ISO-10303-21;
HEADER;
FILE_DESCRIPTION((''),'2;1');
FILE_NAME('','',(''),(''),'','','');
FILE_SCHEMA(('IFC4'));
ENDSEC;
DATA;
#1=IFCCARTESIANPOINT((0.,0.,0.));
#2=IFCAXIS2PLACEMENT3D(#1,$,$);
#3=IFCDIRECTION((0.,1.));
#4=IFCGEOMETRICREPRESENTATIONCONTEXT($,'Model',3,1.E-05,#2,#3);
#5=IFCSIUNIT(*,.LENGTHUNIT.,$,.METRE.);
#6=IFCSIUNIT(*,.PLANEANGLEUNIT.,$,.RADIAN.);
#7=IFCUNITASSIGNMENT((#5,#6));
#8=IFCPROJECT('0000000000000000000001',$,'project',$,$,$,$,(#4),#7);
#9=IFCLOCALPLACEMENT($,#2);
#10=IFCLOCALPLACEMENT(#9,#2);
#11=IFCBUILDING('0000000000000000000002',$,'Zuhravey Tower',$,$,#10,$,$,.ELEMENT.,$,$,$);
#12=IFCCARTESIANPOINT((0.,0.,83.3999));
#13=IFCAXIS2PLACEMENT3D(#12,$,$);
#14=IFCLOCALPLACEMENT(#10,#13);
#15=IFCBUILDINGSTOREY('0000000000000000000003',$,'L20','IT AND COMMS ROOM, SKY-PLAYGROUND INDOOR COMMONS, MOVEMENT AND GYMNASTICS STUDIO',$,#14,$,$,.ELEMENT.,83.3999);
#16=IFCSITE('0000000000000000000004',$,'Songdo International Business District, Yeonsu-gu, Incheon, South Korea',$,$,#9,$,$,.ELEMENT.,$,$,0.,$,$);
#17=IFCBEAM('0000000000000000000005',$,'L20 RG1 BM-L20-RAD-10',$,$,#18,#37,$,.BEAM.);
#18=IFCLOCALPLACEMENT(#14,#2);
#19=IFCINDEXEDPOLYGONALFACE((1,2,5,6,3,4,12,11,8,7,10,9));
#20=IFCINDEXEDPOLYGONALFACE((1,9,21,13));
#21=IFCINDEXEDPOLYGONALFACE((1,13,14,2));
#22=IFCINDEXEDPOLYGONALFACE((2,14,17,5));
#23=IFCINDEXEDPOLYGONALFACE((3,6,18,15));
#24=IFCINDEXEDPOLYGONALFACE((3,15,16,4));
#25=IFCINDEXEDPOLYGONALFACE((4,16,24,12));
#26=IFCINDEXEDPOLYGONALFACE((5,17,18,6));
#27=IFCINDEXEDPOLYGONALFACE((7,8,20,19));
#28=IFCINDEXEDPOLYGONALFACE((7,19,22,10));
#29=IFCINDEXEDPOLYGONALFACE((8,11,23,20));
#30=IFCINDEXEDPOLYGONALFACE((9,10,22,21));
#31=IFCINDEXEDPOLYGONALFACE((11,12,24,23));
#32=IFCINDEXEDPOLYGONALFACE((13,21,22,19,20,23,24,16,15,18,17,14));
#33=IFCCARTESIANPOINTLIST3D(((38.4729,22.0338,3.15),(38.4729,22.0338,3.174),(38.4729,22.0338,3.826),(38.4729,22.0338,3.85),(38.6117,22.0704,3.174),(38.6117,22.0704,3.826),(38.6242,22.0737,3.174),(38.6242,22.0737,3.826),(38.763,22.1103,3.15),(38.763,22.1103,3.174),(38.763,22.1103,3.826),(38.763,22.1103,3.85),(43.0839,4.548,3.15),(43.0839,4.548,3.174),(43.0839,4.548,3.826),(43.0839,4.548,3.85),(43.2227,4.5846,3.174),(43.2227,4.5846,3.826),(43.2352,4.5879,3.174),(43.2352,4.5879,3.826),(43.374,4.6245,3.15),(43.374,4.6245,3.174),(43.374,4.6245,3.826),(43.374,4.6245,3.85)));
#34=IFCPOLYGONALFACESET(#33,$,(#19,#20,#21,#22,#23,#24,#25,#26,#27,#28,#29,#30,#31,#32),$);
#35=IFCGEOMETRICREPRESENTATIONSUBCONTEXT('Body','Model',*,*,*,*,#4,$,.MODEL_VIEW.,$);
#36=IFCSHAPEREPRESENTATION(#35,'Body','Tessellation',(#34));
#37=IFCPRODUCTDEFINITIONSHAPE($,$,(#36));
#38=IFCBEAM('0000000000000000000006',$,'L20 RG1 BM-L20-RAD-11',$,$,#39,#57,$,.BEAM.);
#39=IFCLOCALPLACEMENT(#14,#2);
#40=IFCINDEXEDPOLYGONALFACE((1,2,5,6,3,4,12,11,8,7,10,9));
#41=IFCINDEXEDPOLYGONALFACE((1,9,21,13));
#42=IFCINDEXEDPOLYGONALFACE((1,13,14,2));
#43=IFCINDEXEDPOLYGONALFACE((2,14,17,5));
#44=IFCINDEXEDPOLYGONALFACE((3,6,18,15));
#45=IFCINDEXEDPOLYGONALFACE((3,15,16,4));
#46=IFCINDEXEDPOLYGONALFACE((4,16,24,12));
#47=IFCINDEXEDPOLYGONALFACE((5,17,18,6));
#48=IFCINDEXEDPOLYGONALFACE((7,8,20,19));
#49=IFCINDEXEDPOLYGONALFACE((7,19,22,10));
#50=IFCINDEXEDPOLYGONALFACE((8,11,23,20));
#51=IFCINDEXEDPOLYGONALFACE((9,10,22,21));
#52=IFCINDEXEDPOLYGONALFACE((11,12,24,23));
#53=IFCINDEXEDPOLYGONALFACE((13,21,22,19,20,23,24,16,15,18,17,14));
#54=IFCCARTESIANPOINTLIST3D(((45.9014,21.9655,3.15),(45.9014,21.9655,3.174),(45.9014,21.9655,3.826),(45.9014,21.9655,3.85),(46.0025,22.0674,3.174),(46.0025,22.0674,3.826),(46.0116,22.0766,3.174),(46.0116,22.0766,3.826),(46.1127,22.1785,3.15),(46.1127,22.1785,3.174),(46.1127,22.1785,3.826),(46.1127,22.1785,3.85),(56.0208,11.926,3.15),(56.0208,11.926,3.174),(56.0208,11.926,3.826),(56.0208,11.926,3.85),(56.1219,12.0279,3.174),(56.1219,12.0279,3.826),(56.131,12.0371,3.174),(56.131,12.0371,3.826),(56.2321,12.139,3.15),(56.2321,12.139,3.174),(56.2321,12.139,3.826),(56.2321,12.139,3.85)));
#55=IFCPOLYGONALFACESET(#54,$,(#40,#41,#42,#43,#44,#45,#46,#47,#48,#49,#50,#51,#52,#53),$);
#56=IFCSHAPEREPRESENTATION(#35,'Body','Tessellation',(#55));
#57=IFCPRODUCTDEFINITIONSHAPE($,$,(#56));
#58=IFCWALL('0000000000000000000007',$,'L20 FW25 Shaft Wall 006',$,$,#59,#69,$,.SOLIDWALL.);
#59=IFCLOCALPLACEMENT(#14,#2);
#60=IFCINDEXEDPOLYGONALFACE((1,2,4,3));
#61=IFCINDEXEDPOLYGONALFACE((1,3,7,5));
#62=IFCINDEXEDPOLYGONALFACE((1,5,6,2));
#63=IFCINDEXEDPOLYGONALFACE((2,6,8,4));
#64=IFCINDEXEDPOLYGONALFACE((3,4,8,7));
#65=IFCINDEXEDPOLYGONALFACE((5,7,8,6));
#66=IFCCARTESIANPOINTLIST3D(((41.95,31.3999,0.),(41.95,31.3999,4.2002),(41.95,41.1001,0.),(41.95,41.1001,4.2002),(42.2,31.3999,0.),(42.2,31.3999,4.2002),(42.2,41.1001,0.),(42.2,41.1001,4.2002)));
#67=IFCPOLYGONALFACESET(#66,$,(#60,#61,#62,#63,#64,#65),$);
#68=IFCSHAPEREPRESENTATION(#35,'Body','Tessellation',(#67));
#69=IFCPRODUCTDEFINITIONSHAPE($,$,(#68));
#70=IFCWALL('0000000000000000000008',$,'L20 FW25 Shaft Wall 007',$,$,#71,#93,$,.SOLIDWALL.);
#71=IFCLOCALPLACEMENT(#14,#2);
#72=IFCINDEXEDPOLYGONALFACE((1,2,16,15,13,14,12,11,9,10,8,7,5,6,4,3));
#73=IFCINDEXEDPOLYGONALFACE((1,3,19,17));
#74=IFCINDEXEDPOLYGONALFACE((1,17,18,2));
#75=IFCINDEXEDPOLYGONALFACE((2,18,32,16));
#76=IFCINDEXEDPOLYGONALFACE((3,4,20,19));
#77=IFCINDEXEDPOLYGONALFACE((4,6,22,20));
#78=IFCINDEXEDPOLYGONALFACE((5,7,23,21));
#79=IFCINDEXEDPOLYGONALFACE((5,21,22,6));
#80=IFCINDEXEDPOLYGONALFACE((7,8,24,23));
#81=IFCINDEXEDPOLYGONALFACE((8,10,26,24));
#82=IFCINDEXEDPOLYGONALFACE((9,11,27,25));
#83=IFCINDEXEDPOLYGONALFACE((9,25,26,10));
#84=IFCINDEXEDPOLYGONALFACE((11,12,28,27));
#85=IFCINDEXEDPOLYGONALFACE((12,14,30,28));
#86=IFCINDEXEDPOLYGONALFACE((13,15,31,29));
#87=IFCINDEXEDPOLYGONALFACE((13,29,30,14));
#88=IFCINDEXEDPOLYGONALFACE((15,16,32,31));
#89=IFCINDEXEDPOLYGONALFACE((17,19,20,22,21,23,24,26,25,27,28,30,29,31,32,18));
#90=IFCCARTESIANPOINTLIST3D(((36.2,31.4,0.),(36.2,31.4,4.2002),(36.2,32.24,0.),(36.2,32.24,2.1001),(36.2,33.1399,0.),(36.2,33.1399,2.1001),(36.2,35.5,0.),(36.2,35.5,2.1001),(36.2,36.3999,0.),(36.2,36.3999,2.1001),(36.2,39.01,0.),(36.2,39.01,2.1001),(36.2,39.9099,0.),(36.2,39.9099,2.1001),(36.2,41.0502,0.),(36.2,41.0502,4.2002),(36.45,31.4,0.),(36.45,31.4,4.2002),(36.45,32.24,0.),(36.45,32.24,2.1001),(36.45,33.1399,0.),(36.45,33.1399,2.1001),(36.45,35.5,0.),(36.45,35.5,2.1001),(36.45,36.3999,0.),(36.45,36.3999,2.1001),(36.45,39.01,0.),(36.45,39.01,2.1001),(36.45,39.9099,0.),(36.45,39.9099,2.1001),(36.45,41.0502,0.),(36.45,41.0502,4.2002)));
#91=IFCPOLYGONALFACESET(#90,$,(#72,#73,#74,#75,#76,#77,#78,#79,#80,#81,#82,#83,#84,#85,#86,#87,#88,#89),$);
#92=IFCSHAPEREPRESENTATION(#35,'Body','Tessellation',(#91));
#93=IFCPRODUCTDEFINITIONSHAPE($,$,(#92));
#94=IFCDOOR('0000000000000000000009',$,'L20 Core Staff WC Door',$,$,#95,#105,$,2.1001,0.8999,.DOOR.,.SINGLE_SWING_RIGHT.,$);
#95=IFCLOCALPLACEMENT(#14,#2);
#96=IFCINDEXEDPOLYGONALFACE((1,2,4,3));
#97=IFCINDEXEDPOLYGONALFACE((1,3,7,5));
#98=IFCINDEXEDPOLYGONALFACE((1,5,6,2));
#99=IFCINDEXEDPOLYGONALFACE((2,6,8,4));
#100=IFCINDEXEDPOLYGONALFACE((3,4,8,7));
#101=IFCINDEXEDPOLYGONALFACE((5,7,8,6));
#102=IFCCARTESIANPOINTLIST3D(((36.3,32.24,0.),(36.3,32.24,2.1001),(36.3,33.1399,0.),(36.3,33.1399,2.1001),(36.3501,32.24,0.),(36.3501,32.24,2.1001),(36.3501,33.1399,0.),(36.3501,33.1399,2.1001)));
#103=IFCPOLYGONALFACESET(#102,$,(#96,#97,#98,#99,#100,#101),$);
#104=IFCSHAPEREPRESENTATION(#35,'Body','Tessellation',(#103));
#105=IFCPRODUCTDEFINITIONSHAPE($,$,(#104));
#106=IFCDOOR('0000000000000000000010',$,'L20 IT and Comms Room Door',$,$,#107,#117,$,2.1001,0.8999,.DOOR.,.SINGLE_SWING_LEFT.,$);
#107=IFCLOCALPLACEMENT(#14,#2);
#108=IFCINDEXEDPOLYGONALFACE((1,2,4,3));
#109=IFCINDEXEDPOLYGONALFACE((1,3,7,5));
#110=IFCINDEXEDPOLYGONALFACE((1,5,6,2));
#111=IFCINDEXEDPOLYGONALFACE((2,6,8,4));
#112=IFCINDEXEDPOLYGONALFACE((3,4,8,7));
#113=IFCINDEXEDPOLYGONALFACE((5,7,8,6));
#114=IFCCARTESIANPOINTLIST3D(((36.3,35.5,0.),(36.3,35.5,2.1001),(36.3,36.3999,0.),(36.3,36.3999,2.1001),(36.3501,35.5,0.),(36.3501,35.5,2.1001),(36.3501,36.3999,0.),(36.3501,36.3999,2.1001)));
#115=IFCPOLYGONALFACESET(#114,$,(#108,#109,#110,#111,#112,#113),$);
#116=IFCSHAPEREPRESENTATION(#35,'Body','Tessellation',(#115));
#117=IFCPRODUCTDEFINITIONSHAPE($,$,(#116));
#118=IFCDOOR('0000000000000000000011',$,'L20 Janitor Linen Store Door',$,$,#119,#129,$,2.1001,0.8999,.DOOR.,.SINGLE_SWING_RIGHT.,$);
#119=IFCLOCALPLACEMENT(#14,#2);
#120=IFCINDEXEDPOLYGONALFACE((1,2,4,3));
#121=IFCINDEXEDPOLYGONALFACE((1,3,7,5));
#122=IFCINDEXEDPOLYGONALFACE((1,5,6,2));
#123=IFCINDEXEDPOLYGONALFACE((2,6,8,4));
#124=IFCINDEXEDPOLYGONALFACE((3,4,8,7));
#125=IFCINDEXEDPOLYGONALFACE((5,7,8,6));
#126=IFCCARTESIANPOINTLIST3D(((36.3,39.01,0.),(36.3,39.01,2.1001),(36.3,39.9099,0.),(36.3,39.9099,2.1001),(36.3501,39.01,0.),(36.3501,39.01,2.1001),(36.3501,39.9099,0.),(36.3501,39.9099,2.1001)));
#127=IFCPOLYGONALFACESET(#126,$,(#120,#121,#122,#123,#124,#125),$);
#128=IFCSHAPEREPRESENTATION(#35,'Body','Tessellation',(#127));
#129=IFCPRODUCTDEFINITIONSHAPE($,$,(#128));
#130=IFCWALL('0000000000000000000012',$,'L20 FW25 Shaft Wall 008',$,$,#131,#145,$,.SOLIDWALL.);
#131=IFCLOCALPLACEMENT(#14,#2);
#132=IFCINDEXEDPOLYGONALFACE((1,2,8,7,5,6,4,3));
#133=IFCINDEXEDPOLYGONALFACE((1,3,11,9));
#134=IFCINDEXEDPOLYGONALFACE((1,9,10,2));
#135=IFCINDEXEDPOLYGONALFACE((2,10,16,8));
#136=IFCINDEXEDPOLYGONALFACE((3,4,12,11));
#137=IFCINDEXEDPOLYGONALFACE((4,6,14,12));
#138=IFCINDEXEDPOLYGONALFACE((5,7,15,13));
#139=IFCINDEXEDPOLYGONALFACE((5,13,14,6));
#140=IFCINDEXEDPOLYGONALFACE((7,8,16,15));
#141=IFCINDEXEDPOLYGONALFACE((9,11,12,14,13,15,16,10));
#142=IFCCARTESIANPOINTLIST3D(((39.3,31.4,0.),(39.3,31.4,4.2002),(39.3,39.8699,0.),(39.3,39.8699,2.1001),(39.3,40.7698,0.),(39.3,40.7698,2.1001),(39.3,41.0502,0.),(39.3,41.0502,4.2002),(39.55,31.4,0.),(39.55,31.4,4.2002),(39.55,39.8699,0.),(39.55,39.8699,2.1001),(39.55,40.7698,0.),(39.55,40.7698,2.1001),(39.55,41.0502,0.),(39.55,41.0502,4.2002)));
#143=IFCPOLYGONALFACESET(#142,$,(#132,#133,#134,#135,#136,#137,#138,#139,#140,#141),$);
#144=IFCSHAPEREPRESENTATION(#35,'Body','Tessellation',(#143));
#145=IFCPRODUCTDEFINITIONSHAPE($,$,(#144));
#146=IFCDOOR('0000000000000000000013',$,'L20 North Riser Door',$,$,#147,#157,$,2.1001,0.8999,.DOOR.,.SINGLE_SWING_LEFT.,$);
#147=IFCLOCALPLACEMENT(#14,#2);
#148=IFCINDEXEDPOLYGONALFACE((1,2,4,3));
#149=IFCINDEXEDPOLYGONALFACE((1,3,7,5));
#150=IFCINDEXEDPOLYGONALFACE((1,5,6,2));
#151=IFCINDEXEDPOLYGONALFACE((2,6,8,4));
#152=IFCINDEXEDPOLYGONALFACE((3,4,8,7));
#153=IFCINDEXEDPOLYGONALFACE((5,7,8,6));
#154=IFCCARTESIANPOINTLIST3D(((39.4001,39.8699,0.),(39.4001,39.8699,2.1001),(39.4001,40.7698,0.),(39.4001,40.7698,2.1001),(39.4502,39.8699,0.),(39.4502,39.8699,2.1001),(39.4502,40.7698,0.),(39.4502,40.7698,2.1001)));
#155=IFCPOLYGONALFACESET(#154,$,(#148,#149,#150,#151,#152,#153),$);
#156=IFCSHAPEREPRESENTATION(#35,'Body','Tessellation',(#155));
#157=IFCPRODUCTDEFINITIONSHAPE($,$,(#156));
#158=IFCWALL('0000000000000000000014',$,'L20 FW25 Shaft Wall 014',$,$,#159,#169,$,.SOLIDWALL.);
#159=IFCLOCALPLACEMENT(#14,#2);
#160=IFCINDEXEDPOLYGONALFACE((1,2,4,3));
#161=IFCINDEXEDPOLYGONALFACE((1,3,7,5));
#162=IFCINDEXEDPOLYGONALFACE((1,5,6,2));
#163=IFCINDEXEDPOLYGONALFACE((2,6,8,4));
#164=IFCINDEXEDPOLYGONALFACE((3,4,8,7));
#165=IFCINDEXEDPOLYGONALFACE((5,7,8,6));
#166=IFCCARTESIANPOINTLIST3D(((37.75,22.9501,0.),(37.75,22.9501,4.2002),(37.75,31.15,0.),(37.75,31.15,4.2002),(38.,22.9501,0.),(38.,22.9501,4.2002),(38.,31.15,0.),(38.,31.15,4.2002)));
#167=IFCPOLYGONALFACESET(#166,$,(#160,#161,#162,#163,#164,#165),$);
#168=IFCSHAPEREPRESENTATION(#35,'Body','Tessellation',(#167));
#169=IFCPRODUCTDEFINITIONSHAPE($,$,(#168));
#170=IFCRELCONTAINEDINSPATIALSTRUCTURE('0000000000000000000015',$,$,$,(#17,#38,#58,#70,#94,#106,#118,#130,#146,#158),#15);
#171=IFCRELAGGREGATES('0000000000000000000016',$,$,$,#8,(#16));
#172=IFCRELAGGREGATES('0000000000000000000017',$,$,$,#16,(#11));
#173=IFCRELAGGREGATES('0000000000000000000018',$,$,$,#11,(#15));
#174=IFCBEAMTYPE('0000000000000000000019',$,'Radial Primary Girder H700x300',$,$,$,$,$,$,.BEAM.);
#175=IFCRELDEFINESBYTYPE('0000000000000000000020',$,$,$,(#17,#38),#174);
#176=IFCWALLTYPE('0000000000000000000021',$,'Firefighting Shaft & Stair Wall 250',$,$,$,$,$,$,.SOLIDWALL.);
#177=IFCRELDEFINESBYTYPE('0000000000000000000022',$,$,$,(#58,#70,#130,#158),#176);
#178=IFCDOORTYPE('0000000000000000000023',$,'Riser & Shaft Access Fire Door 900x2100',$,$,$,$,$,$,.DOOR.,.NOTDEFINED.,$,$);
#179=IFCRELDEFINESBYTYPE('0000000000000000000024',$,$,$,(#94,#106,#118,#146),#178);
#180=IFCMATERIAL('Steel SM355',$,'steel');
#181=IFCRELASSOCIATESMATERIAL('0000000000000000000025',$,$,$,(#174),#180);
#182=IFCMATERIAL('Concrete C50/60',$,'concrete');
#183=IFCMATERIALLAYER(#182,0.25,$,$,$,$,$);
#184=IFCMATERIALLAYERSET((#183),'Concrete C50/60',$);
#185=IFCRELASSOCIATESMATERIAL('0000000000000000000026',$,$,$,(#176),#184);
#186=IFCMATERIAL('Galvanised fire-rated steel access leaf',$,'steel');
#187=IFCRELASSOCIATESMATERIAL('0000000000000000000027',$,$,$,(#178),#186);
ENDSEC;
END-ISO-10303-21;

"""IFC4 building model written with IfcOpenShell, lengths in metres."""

from ifc_helpers import new_model, si_unit, direction, frame, frame_2d, origin, origin_2d, place, context, subcontext, project, spatial, rectangle, i_section, extrude, material, layer, layer_set, material_profile, profile_set, type_object, element, fill, save


model = new_model("IFC4")

# Units and contexts
model_context = context("Model", 3, precision=1e-05, world=origin(), true_north=direction((0.0, 1.0)))
body_context = subcontext(model_context, "Body", "Model", "MODEL_VIEW")
ifc_project = project(units=[si_unit("LENGTHUNIT", "METRE"), si_unit("PLANEANGLEUNIT", "RADIAN")], contexts=[model_context])

# Site, building, storey
site_placement = place(None, origin())
site = spatial("IfcSite", under=ifc_project, at=site_placement, Name="Songdo International Business District, Yeonsu-gu, Incheon, South Korea", CompositionType="ELEMENT", RefElevation=0.0)
building_placement = place(site_placement, origin())
building = spatial("IfcBuilding", under=site, at=building_placement, Name="Zuhravey Tower", CompositionType="ELEMENT")
storey_placement = place(building_placement, frame((0.0, 0.0, 83.3999)))
storey = spatial("IfcBuildingStorey", under=building, at=storey_placement, Name="L20", Description="IT AND COMMS ROOM, SKY-PLAYGROUND INDOOR COMMONS, MOVEMENT AND GYMNASTICS STUDIO", CompositionType="ELEMENT", Elevation=83.3999)

# Beams
ifc_material_1 = material(Name="Steel SM355", Category="steel")
ifc_material_profile = material_profile(ifc_material_1, i_section(OverallWidth=0.3, OverallDepth=0.7, WebThickness=0.0129, FlangeThickness=0.0239, at=origin_2d()), Name="H-700x300x13x24")
ifc_profile_set = profile_set([ifc_material_profile], Name="Steel SM355")
beam_type = type_object("IfcBeamType", Name="Radial Primary Girder H700x300", PredefinedType="BEAM", material=ifc_profile_set)
beam_1_placement = place(storey_placement, frame((38.6179, 22.072, 3.5), z_axis=(0.254987, -0.966944, 0.0), x_axis=(0.966944, 0.254987, 0.0)))
element("IfcBeam", 1, at=beam_1_placement, inside=storey, type_object=beam_type, Name="L20 RG1 BM-L20-RAD-10", PredefinedType="BEAM", context=body_context, shape_type="SweptSolid", body=[
    extrude(i_section(OverallWidth=0.3, OverallDepth=0.7, WebThickness=0.0129, FlangeThickness=0.0239, at=origin_2d()), origin(), (0.0, 0.0, 1.0), 18.0835),
])
beam_2_placement = place(storey_placement, frame((46.0071, 22.072, 3.5), z_axis=(0.709902, -0.704301, 0.0), x_axis=(0.704301, 0.709902, 0.0)))
element("IfcBeam", 2, at=beam_2_placement, inside=storey, type_object=beam_type, Name="L20 RG1 BM-L20-RAD-11", PredefinedType="BEAM", context=body_context, shape_type="SweptSolid", body=[
    extrude(i_section(OverallWidth=0.3, OverallDepth=0.7, WebThickness=0.0129, FlangeThickness=0.0239, at=origin_2d()), origin(), (0.0, 0.0, 1.0), 14.2546),
])

# Wall
ifc_material_2 = material(Name="Concrete C50/60", Category="concrete")
ifc_layer_1 = layer(ifc_material_2, 0.25)
ifc_layer_set_1 = layer_set([ifc_layer_1], Name="Concrete C50/60")
wall_type_1 = type_object("IfcWallType", Name="Firefighting Shaft & Stair Wall 250", PredefinedType="SOLIDWALL", material=ifc_layer_set_1)
wall_1_placement = place(storey_placement, frame((42.075, 31.3999, 0.0), z_axis=(0.0, 0.0, 1.0), x_axis=(0.0, 1.0, 0.0)))
element("IfcWall", 3, at=wall_1_placement, inside=storey, type_object=wall_type_1, Name="L20 FW25 Shaft Wall 006", PredefinedType="SOLIDWALL", context=body_context, shape_type="SweptSolid", body=[
    extrude(rectangle(XDim=9.7002, YDim=0.25, at=frame_2d((4.8501, 0.0))), origin(), (0.0, 0.0, 1.0), 4.2002),
])

# Wall, openings, doors
wall_2_placement = place(storey_placement, frame((36.325, 31.3999, 0.0), z_axis=(0.0, 0.0, 1.0), x_axis=(0.0, 1.0, 0.0)))
wall_2 = element("IfcWall", 4, at=wall_2_placement, inside=storey, type_object=wall_type_1, Name="L20 FW25 Shaft Wall 007", PredefinedType="SOLIDWALL", context=body_context, shape_type="SweptSolid", body=[
    extrude(rectangle(XDim=9.6501, YDim=0.25, at=frame_2d((4.8252, 0.0))), origin(), (0.0, 0.0, 1.0), 4.2002),
])
opening_1_placement = place(wall_2_placement, frame((0.8401, 0.0, 0.0)))
opening_1 = element("IfcOpeningElement", 5, at=opening_1_placement, cuts=wall_2, PredefinedType="OPENING", context=body_context, shape_type="SweptSolid", body=[
    extrude(rectangle(XDim=0.8999, YDim=2.1001, at=frame_2d((0.45, 1.05))), frame((0.0, 0.137, 0.0), z_axis=(0.0, -1.0, 0.0), x_axis=(1.0, 0.0, 0.0)), (0.0, 0.0, 1.0), 0.2739),
])
opening_2_placement = place(wall_2_placement, frame((4.1001, 0.0, 0.0)))
opening_2 = element("IfcOpeningElement", 6, at=opening_2_placement, cuts=wall_2, PredefinedType="OPENING", context=body_context, shape_type="SweptSolid", body=[
    extrude(rectangle(XDim=0.8999, YDim=2.1001, at=frame_2d((0.45, 1.05))), frame((0.0, 0.137, 0.0), z_axis=(0.0, -1.0, 0.0), x_axis=(1.0, 0.0, 0.0)), (0.0, 0.0, 1.0), 0.2739),
])
opening_3_placement = place(wall_2_placement, frame((7.6101, 0.0, 0.0)))
opening_3 = element("IfcOpeningElement", 7, at=opening_3_placement, cuts=wall_2, PredefinedType="OPENING", context=body_context, shape_type="SweptSolid", body=[
    extrude(rectangle(XDim=0.8999, YDim=2.1001, at=frame_2d((0.45, 1.05))), frame((0.0, 0.137, 0.0), z_axis=(0.0, -1.0, 0.0), x_axis=(1.0, 0.0, 0.0)), (0.0, 0.0, 1.0), 0.2739),
])
ifc_material_3 = material(Name="Galvanised fire-rated steel access leaf", Category="steel")
door_type_1 = type_object("IfcDoorType", Name="Riser & Shaft Access Fire Door 900x2100", OperationType="NOTDEFINED", PredefinedType="DOOR", material=ifc_material_3)
door_1_placement = place(opening_1_placement, origin())
door_1 = element("IfcDoor", 8, at=door_1_placement, inside=storey, type_object=door_type_1, Name="L20 Core Staff WC Door", OperationType="SINGLE_SWING_RIGHT", OverallHeight=2.1001, OverallWidth=0.8999, PredefinedType="DOOR", context=body_context, shape_type="SweptSolid", body=[
    extrude(rectangle(XDim=0.8999, YDim=2.1001, at=frame_2d((0.45, 1.05))), frame((0.0, 0.0249, 0.0), z_axis=(0.0, -1.0, 0.0), x_axis=(1.0, 0.0, 0.0)), (0.0, 0.0, 1.0), 0.05),
])
fill(opening_1, door_1)
door_2_placement = place(opening_2_placement, origin())
door_2 = element("IfcDoor", 9, at=door_2_placement, inside=storey, type_object=door_type_1, Name="L20 IT and Comms Room Door", OperationType="SINGLE_SWING_LEFT", OverallHeight=2.1001, OverallWidth=0.8999, PredefinedType="DOOR", context=body_context, shape_type="SweptSolid", body=[
    extrude(rectangle(XDim=0.8999, YDim=2.1001, at=frame_2d((0.45, 1.05))), frame((0.0, 0.0249, 0.0), z_axis=(0.0, -1.0, 0.0), x_axis=(1.0, 0.0, 0.0)), (0.0, 0.0, 1.0), 0.05),
])
fill(opening_2, door_2)
door_3_placement = place(opening_3_placement, origin())
door_3 = element("IfcDoor", 10, at=door_3_placement, inside=storey, type_object=door_type_1, Name="L20 Janitor Linen Store Door", OperationType="SINGLE_SWING_RIGHT", OverallHeight=2.1001, OverallWidth=0.8999, PredefinedType="DOOR", context=body_context, shape_type="SweptSolid", body=[
    extrude(rectangle(XDim=0.8999, YDim=2.1001, at=frame_2d((0.45, 1.05))), frame((0.0, 0.0249, 0.0), z_axis=(0.0, -1.0, 0.0), x_axis=(1.0, 0.0, 0.0)), (0.0, 0.0, 1.0), 0.05),
])
fill(opening_3, door_3)

# Wall, opening, door
wall_3_placement = place(storey_placement, frame((39.425, 31.3999, 0.0), z_axis=(0.0, 0.0, 1.0), x_axis=(0.0, 1.0, 0.0)))
wall_3 = element("IfcWall", 11, at=wall_3_placement, inside=storey, type_object=wall_type_1, Name="L20 FW25 Shaft Wall 008", PredefinedType="SOLIDWALL", context=body_context, shape_type="SweptSolid", body=[
    extrude(rectangle(XDim=9.6501, YDim=0.25, at=frame_2d((4.8252, 0.0))), origin(), (0.0, 0.0, 1.0), 4.2002),
])
opening_4_placement = place(wall_3_placement, frame((8.47, 0.0, 0.0)))
opening_4 = element("IfcOpeningElement", 12, at=opening_4_placement, cuts=wall_3, PredefinedType="OPENING", context=body_context, shape_type="SweptSolid", body=[
    extrude(rectangle(XDim=0.8999, YDim=2.1001, at=frame_2d((0.45, 1.05))), frame((0.0, 0.137, 0.0), z_axis=(0.0, -1.0, 0.0), x_axis=(1.0, 0.0, 0.0)), (0.0, 0.0, 1.0), 0.2739),
])
door_4_placement = place(opening_4_placement, origin())
door_4 = element("IfcDoor", 13, at=door_4_placement, inside=storey, type_object=door_type_1, Name="L20 North Riser Door", OperationType="SINGLE_SWING_LEFT", OverallHeight=2.1001, OverallWidth=0.8999, PredefinedType="DOOR", context=body_context, shape_type="SweptSolid", body=[
    extrude(rectangle(XDim=0.8999, YDim=2.1001, at=frame_2d((0.45, 1.05))), frame((0.0, 0.0249, 0.0), z_axis=(0.0, -1.0, 0.0), x_axis=(1.0, 0.0, 0.0)), (0.0, 0.0, 1.0), 0.05),
])
fill(opening_4, door_4)

# Wall
for number, where, z_axis, x_axis, name in (
    (14, (37.875, 22.95, 0.0), (0.0, 0.0, 1.0), (0.0, 1.0, 0.0), "L20 FW25 Shaft Wall 014"),
):
    element("IfcWall", number, at=place(storey_placement, frame(where, z_axis=z_axis, x_axis=x_axis)), inside=storey, type_object=wall_type_1, Name=name, PredefinedType="SOLIDWALL", context=body_context, shape_type="SweptSolid", body=[
        extrude(rectangle(XDim=8.2, YDim=0.25, at=frame_2d((4.1001, 0.0))), origin(), (0.0, 0.0, 1.0), 4.2002),
    ])

save(model, "model.ifc")
